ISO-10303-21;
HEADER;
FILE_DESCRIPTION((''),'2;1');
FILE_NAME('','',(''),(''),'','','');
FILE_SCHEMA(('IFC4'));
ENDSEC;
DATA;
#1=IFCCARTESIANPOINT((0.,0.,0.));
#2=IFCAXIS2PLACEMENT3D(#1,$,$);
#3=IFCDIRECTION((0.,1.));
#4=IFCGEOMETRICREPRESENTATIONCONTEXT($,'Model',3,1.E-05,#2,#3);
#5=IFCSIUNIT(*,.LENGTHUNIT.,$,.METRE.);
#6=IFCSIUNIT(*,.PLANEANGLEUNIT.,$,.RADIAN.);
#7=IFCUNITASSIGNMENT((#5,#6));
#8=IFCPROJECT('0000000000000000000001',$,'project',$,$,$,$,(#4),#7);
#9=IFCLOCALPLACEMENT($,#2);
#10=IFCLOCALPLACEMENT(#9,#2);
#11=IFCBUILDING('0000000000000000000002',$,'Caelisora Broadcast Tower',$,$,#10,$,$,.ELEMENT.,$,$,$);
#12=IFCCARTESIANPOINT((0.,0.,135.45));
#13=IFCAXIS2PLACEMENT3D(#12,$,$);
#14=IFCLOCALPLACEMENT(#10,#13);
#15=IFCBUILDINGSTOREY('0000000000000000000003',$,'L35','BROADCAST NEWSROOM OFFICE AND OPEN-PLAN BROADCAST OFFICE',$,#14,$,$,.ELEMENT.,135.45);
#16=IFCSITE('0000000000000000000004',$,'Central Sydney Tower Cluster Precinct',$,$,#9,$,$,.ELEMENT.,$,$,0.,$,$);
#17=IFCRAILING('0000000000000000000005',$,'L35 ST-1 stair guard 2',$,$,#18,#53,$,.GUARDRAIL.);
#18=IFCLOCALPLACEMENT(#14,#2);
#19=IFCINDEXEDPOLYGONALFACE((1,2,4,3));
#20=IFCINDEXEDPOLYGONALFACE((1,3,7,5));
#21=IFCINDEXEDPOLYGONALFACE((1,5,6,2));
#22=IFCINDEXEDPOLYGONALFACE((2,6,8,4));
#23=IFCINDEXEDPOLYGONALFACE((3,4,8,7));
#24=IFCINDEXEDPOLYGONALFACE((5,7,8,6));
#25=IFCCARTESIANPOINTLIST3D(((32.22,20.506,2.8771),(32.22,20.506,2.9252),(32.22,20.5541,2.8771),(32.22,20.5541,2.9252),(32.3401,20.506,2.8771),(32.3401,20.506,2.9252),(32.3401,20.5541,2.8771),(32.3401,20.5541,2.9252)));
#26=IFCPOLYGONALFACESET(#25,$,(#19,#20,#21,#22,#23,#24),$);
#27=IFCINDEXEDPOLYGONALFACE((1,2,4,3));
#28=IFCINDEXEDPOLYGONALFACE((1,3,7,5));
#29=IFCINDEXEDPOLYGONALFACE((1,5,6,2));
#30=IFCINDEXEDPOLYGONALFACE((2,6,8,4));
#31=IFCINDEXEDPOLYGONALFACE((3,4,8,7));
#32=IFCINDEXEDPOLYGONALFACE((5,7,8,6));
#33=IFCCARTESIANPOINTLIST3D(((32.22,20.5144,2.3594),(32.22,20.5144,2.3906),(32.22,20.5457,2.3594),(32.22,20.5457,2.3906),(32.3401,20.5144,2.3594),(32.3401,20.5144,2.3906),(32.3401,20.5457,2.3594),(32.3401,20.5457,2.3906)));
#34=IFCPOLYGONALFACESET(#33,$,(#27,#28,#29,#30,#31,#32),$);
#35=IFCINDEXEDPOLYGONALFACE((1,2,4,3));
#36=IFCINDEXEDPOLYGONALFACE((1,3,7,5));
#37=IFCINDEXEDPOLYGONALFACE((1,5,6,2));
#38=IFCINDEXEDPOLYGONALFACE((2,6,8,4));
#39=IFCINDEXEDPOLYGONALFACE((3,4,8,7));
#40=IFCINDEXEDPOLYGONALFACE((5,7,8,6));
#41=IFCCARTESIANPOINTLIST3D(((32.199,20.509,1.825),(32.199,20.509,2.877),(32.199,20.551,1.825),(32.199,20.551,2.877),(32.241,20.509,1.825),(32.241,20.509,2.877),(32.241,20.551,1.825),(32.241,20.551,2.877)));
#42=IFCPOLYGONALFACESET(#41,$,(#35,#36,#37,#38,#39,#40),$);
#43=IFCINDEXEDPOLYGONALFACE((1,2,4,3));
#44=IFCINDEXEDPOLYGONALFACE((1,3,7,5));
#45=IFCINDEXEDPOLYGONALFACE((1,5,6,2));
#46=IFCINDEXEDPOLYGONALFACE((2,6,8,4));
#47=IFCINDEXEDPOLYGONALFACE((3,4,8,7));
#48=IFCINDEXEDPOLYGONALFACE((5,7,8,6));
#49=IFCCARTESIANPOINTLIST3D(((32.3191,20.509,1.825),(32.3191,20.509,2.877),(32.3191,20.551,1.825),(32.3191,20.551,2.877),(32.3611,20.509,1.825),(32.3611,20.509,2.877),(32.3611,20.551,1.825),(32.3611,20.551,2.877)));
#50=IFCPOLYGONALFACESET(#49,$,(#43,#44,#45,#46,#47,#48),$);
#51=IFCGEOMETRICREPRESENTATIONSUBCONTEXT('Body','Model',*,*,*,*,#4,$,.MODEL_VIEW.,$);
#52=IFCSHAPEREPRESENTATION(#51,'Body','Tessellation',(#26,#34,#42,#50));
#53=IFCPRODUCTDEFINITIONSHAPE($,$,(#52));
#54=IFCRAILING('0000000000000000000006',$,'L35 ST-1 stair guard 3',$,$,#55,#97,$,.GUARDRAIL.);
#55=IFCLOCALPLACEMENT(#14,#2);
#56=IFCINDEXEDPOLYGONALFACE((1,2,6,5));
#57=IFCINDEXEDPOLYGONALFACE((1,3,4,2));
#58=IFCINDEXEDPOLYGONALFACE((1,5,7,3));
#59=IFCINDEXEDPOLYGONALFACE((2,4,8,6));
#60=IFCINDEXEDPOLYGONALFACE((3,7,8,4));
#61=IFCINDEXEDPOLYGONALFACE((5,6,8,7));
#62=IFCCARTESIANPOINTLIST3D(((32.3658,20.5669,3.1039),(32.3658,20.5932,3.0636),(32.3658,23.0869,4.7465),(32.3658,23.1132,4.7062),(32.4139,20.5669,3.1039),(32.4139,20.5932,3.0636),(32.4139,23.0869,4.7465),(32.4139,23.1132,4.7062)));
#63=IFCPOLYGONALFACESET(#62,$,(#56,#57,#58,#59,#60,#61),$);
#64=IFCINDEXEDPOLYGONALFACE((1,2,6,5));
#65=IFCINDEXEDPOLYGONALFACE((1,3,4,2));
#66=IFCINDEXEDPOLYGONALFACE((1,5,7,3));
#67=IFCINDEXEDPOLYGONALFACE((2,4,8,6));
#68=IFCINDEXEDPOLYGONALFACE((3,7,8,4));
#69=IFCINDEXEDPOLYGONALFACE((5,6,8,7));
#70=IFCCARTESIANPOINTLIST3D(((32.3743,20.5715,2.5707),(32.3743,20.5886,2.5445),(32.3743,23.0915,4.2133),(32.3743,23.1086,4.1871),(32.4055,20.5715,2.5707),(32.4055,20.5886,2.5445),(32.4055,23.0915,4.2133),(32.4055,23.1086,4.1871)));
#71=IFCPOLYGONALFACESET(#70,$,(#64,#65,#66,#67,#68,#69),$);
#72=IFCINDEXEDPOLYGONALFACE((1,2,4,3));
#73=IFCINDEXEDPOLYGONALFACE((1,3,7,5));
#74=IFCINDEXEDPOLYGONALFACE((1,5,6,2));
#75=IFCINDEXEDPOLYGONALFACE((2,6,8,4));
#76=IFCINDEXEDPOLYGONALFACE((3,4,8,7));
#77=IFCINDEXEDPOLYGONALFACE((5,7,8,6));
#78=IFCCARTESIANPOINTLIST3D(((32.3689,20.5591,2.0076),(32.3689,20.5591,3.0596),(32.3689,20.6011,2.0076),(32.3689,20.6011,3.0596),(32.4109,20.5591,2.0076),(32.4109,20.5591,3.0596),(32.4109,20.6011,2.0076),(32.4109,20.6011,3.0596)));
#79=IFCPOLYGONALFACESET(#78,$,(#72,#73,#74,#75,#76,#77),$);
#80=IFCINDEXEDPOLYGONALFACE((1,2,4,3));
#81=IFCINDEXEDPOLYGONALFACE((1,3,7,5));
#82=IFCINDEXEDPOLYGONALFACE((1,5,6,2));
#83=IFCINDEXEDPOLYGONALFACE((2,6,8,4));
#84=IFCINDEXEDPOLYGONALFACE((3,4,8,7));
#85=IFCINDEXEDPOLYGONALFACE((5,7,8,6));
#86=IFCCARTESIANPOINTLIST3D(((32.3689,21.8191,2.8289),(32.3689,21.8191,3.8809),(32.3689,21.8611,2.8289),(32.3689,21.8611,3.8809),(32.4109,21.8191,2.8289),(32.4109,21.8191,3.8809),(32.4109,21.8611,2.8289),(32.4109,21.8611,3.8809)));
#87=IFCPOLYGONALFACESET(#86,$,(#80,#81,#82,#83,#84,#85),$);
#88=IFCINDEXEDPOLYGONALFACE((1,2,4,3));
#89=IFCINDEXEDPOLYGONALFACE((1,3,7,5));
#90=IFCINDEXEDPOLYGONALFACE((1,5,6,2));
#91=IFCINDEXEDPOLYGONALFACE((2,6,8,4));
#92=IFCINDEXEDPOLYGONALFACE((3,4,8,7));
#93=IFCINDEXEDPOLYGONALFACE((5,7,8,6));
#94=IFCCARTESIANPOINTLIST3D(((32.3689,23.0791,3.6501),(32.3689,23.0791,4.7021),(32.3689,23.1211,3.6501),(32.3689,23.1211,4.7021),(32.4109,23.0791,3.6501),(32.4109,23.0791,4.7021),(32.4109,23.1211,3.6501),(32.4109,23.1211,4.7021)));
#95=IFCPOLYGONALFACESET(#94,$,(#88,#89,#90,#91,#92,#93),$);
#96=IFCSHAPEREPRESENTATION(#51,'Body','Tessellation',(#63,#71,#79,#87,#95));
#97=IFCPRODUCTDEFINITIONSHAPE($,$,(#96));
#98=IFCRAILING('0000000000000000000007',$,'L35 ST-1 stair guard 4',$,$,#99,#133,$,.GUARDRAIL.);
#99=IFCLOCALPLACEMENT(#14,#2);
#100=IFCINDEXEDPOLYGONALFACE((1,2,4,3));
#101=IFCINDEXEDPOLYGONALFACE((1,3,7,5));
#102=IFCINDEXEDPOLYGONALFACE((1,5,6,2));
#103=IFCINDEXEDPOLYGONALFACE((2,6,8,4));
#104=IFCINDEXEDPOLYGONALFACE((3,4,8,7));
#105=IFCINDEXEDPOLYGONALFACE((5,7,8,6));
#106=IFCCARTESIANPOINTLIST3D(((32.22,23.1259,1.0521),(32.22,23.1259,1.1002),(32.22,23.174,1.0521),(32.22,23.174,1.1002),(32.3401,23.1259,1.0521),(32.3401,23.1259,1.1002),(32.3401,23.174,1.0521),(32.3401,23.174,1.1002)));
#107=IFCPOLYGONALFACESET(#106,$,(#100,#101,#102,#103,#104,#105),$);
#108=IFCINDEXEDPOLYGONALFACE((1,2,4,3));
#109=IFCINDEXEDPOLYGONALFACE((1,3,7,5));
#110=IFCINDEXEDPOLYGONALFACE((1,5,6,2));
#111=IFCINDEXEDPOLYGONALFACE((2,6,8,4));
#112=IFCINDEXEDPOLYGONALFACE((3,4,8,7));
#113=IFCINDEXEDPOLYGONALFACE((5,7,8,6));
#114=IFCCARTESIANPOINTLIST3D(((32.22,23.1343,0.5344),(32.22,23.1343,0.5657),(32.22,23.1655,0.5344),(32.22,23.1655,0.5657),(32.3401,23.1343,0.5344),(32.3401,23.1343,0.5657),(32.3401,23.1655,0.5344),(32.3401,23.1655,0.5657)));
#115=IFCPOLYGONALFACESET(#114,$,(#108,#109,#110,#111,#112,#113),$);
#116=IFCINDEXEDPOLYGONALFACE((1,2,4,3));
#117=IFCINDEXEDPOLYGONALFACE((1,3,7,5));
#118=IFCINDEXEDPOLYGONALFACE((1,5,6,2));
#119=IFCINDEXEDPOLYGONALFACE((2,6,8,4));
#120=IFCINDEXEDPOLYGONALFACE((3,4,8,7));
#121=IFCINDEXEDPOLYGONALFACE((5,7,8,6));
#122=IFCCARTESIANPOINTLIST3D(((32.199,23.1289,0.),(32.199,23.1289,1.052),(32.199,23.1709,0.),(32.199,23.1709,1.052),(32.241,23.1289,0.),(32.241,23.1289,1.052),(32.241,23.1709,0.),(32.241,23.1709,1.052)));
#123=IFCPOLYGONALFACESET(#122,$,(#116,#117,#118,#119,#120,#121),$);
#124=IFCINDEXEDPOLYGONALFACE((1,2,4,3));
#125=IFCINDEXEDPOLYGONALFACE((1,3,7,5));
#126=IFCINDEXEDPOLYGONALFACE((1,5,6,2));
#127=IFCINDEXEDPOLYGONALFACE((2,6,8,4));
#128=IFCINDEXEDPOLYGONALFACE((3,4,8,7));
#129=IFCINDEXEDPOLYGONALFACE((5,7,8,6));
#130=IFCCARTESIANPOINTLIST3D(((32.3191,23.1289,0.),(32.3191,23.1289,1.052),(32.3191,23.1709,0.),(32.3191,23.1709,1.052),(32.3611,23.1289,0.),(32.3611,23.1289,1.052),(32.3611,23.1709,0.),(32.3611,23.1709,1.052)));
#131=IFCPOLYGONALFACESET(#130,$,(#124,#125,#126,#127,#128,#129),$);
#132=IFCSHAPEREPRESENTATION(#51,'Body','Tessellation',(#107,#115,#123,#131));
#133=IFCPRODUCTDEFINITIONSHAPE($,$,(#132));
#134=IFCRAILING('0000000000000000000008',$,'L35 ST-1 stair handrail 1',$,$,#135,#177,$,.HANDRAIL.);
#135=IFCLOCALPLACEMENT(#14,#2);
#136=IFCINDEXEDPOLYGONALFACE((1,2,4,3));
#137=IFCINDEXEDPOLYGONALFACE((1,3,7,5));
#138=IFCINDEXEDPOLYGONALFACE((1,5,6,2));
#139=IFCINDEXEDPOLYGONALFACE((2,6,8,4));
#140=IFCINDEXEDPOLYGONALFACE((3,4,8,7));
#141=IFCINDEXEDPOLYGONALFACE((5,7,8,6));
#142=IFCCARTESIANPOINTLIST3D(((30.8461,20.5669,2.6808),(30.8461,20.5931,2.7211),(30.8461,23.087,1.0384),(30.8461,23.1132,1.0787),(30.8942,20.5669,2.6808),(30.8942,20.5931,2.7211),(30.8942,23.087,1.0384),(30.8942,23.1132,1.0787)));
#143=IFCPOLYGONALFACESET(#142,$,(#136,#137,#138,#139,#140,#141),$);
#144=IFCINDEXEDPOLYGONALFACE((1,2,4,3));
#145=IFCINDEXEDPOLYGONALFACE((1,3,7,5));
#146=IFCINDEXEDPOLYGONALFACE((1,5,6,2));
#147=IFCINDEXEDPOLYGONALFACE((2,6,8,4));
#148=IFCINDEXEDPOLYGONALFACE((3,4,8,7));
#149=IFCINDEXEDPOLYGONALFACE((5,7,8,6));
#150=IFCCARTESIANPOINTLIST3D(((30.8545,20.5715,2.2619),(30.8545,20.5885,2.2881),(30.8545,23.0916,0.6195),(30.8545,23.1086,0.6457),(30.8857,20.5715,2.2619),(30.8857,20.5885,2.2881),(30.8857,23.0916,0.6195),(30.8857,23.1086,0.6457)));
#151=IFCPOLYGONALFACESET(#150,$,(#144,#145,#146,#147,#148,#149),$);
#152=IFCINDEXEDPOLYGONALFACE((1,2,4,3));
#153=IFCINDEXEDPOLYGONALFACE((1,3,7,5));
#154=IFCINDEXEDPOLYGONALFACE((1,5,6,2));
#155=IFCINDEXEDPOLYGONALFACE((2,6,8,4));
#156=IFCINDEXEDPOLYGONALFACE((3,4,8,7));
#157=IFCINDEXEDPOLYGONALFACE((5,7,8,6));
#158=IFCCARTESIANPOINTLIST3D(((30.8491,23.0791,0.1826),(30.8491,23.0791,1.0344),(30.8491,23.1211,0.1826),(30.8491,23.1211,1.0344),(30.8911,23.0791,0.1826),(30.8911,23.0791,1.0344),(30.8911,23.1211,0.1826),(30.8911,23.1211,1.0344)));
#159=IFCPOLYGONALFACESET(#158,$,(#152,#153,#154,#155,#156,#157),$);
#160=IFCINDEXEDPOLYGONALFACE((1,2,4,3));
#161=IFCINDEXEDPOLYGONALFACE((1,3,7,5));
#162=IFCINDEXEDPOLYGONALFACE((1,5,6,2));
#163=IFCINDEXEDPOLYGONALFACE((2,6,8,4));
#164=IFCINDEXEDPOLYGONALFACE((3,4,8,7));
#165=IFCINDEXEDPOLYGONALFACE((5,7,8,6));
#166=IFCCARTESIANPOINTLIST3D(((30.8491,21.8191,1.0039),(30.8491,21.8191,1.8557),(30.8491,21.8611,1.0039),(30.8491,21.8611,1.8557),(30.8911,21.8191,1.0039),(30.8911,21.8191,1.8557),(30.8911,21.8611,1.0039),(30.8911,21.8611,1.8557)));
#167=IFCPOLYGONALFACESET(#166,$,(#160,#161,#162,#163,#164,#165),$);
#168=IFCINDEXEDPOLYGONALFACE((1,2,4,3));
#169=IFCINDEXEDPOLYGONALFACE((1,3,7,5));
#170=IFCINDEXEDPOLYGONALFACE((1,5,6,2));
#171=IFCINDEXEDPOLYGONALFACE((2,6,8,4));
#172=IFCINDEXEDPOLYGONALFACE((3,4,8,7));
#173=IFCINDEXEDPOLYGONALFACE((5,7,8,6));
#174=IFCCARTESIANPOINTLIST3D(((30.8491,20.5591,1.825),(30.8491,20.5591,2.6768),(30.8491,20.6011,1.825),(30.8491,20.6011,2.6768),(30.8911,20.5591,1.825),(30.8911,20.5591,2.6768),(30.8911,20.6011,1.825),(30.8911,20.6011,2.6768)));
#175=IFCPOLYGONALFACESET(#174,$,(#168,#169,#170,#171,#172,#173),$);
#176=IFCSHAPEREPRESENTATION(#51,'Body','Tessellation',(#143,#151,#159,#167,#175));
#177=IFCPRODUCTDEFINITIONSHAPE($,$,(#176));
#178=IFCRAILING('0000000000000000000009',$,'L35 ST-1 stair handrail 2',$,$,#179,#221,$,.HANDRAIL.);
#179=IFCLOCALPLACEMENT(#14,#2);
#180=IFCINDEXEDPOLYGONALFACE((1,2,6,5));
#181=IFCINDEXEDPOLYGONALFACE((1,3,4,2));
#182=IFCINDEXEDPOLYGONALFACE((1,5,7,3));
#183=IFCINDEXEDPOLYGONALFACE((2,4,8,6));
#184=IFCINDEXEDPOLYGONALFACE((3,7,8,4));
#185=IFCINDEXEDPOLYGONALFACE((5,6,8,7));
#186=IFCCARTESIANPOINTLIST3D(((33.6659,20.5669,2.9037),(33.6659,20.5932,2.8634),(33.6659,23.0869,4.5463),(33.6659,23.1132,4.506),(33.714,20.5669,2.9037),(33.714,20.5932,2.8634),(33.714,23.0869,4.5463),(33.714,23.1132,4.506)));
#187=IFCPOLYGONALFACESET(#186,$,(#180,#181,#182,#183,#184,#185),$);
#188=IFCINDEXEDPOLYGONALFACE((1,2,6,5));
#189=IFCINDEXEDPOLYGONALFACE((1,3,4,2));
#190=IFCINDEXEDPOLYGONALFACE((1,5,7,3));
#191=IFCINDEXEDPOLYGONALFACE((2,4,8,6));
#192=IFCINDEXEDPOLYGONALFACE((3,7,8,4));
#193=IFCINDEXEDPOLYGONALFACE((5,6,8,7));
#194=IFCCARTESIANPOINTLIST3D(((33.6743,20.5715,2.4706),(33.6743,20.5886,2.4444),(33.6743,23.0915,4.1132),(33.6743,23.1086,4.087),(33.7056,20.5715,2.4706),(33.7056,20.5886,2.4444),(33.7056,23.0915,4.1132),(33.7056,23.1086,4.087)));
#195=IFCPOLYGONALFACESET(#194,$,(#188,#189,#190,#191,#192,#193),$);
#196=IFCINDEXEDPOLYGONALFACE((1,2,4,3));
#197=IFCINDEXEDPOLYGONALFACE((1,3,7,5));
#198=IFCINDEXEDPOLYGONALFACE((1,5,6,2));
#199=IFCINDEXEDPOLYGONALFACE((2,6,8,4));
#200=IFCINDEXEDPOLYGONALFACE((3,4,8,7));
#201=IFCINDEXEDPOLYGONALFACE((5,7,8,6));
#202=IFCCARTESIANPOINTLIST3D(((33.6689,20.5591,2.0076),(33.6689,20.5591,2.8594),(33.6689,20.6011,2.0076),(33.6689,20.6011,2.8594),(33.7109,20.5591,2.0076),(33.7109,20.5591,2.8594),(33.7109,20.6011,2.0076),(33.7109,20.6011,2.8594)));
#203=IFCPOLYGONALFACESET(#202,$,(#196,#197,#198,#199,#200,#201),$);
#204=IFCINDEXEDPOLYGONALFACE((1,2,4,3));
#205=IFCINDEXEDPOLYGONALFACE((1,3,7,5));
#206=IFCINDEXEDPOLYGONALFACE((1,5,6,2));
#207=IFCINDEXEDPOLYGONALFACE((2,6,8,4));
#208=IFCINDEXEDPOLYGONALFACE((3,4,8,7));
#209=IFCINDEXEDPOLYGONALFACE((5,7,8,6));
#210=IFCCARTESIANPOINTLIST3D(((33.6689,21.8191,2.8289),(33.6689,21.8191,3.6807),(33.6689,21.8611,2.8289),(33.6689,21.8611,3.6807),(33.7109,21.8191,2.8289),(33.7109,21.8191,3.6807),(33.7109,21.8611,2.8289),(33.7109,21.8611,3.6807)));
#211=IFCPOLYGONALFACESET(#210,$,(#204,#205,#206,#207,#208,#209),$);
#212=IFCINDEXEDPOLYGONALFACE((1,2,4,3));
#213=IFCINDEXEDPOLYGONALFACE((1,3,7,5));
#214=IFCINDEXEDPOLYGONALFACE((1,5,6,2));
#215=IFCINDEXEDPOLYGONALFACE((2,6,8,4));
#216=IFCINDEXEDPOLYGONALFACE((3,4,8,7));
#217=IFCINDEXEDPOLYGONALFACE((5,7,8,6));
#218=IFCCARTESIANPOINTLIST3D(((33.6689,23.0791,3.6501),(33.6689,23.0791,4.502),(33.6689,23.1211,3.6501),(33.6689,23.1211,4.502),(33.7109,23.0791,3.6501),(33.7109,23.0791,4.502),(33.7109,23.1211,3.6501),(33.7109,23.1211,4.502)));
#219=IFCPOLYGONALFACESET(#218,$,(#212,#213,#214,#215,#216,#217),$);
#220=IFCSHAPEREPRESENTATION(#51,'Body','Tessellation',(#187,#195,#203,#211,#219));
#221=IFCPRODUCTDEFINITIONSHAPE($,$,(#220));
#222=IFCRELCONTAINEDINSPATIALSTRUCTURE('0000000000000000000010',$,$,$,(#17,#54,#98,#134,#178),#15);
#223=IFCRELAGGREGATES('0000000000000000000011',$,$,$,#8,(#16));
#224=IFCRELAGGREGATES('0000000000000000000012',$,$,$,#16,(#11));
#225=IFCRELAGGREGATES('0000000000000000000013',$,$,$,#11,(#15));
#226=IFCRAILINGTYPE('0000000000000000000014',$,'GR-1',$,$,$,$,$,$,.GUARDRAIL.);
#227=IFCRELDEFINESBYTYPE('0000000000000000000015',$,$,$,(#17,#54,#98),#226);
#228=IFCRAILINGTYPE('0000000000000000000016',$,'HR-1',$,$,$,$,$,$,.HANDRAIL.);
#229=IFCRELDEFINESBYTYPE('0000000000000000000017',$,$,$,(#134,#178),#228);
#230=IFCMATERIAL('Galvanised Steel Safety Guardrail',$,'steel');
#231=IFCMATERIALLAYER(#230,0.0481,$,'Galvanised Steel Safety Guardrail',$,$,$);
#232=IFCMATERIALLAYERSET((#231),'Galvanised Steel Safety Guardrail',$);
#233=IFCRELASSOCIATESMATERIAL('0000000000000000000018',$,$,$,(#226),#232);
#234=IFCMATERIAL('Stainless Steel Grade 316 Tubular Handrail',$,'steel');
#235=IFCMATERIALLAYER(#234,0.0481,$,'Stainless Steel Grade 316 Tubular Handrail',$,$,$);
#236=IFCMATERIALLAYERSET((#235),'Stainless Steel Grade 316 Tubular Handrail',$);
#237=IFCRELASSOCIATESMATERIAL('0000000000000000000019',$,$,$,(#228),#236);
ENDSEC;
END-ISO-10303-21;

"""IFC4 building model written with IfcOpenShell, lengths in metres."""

from ifc_helpers import new_model, si_unit, direction, frame, origin, origin_2d, place, context, subcontext, project, spatial, rectangle, extrude, material, layer, layer_set, type_object, element, save


model = new_model("IFC4")

# Units and contexts
model_context = context("Model", 3, precision=1e-05, world=origin(), true_north=direction((0.0, 1.0)))
body_context = subcontext(model_context, "Body", "Model", "MODEL_VIEW")
ifc_project = project(units=[si_unit("LENGTHUNIT", "METRE"), si_unit("PLANEANGLEUNIT", "RADIAN")], contexts=[model_context])

# Site, building, storey
site_placement = place(None, origin())
site = spatial("IfcSite", under=ifc_project, at=site_placement, Name="Central Sydney Tower Cluster Precinct", CompositionType="ELEMENT", RefElevation=0.0)
building_placement = place(site_placement, origin())
building = spatial("IfcBuilding", under=site, at=building_placement, Name="Caelisora Broadcast Tower", CompositionType="ELEMENT")
storey_placement = place(building_placement, frame((0.0, 0.0, 135.45)))
storey = spatial("IfcBuildingStorey", under=building, at=storey_placement, Name="L35", Description="BROADCAST NEWSROOM OFFICE AND OPEN-PLAN BROADCAST OFFICE", CompositionType="ELEMENT", Elevation=135.45)

# Railings
ifc_material_1 = material(Name="Galvanised Steel Safety Guardrail", Category="steel")
ifc_layer_1 = layer(ifc_material_1, 0.0481, Name="Galvanised Steel Safety Guardrail")
ifc_layer_set_1 = layer_set([ifc_layer_1], Name="Galvanised Steel Safety Guardrail")
railing_type_1 = type_object("IfcRailingType", Name="GR-1", PredefinedType="GUARDRAIL", material=ifc_layer_set_1)
railing_1_placement = place(storey_placement, frame((32.22, 20.53, 1.825)))
element("IfcRailing", 1, at=railing_1_placement, inside=storey, type_object=railing_type_1, Name="L35 ST-1 stair guard 2", PredefinedType="GUARDRAIL", context=body_context, shape_type="SweptSolid", body=[
    extrude(rectangle(XDim=0.0481, YDim=0.0481, at=origin_2d()), frame((0.0, 0.0, 1.0762), z_axis=(1.0, 0.0, 0.0), x_axis=(0.0, 1.0, 0.0)), (0.0, 0.0, 1.0), 0.1201),
    extrude(rectangle(XDim=0.0312, YDim=0.0312, at=origin_2d()), frame((0.0, 0.0, 0.55), z_axis=(1.0, 0.0, 0.0), x_axis=(0.0, 1.0, 0.0)), (0.0, 0.0, 1.0), 0.1201),
    extrude(rectangle(XDim=0.042, YDim=0.042, at=origin_2d()), origin(), (0.0, 0.0, 1.0), 1.052),
    extrude(rectangle(XDim=0.042, YDim=0.042, at=origin_2d()), frame((0.1201, 0.0, 0.0)), (0.0, 0.0, 1.0), 1.052),
])
railing_2_placement = place(storey_placement, frame((32.3899, 20.5801, 2.0076)))
element("IfcRailing", 2, at=railing_2_placement, inside=storey, type_object=railing_type_1, Name="L35 ST-1 stair guard 3", PredefinedType="GUARDRAIL", context=body_context, shape_type="SweptSolid", body=[
    extrude(rectangle(XDim=0.0481, YDim=0.0481, at=origin_2d()), frame((0.0, 0.0, 1.0762), z_axis=(0.0, 0.837749, 0.546055), x_axis=(-1.0, 0.0, 0.0)), (0.0, 0.0, 1.0), 3.0081),
    extrude(rectangle(XDim=0.0312, YDim=0.0312, at=origin_2d()), frame((0.0, 0.0, 0.55), z_axis=(0.0, 0.837749, 0.546055), x_axis=(-1.0, 0.0, 0.0)), (0.0, 0.0, 1.0), 3.0081),
    extrude(rectangle(XDim=0.042, YDim=0.042, at=origin_2d()), origin(), (0.0, 0.0, 1.0), 1.052),
    extrude(rectangle(XDim=0.042, YDim=0.042, at=origin_2d()), frame((0.0, 1.26, 0.8213)), (0.0, 0.0, 1.0), 1.052),
    extrude(rectangle(XDim=0.042, YDim=0.042, at=origin_2d()), frame((0.0, 2.52, 1.6426)), (0.0, 0.0, 1.0), 1.052),
])
railing_3_placement = place(storey_placement, frame((32.22, 23.1499, 0.0)))
element("IfcRailing", 3, at=railing_3_placement, inside=storey, type_object=railing_type_1, Name="L35 ST-1 stair guard 4", PredefinedType="GUARDRAIL", context=body_context, shape_type="SweptSolid", body=[
    extrude(rectangle(XDim=0.0481, YDim=0.0481, at=origin_2d()), frame((0.0, 0.0, 1.0762), z_axis=(1.0, 0.0, 0.0), x_axis=(0.0, 1.0, 0.0)), (0.0, 0.0, 1.0), 0.1201),
    extrude(rectangle(XDim=0.0312, YDim=0.0312, at=origin_2d()), frame((0.0, 0.0, 0.55), z_axis=(1.0, 0.0, 0.0), x_axis=(0.0, 1.0, 0.0)), (0.0, 0.0, 1.0), 0.1201),
    extrude(rectangle(XDim=0.042, YDim=0.042, at=origin_2d()), origin(), (0.0, 0.0, 1.0), 1.052),
    extrude(rectangle(XDim=0.042, YDim=0.042, at=origin_2d()), frame((0.1201, 0.0, 0.0)), (0.0, 0.0, 1.0), 1.052),
])
ifc_material_2 = material(Name="Stainless Steel Grade 316 Tubular Handrail", Category="steel")
ifc_layer_2 = layer(ifc_material_2, 0.0481, Name="Stainless Steel Grade 316 Tubular Handrail")
ifc_layer_set_2 = layer_set([ifc_layer_2], Name="Stainless Steel Grade 316 Tubular Handrail")
railing_type_2 = type_object("IfcRailingType", Name="HR-1", PredefinedType="HANDRAIL", material=ifc_layer_set_2)
railing_4_placement = place(storey_placement, frame((30.8701, 23.1001, 0.1826)))
element("IfcRailing", 4, at=railing_4_placement, inside=storey, type_object=railing_type_2, Name="L35 ST-1 stair handrail 1", PredefinedType="HANDRAIL", context=body_context, shape_type="SweptSolid", body=[
    extrude(rectangle(XDim=0.0481, YDim=0.0481, at=origin_2d()), frame((0.0, 0.0, 0.876), z_axis=(0.0, -0.837787, 0.545998), x_axis=(1.0, 0.0, 0.0)), (0.0, 0.0, 1.0), 3.0081),
    extrude(rectangle(XDim=0.0312, YDim=0.0312, at=origin_2d()), frame((0.0, 0.0, 0.45), z_axis=(0.0, -0.837787, 0.545998), x_axis=(1.0, 0.0, 0.0)), (0.0, 0.0, 1.0), 3.0081),
    extrude(rectangle(XDim=0.042, YDim=0.042, at=origin_2d()), origin(), (0.0, 0.0, 1.0), 0.8518),
    extrude(rectangle(XDim=0.042, YDim=0.042, at=origin_2d()), frame((0.0, -1.26, 0.8213)), (0.0, 0.0, 1.0), 0.8518),
    extrude(rectangle(XDim=0.042, YDim=0.042, at=origin_2d()), frame((0.0, -2.52, 1.6423)), (0.0, 0.0, 1.0), 0.8518),
])
railing_5_placement = place(storey_placement, frame((33.6899, 20.5801, 2.0076)))
element("IfcRailing", 5, at=railing_5_placement, inside=storey, type_object=railing_type_2, Name="L35 ST-1 stair handrail 2", PredefinedType="HANDRAIL", context=body_context, shape_type="SweptSolid", body=[
    extrude(rectangle(XDim=0.0481, YDim=0.0481, at=origin_2d()), frame((0.0, 0.0, 0.876), z_axis=(0.0, 0.837749, 0.546055), x_axis=(-1.0, 0.0, 0.0)), (0.0, 0.0, 1.0), 3.0081),
    extrude(rectangle(XDim=0.0312, YDim=0.0312, at=origin_2d()), frame((0.0, 0.0, 0.45), z_axis=(0.0, 0.837749, 0.546055), x_axis=(-1.0, 0.0, 0.0)), (0.0, 0.0, 1.0), 3.0081),
    extrude(rectangle(XDim=0.042, YDim=0.042, at=origin_2d()), origin(), (0.0, 0.0, 1.0), 0.8518),
    extrude(rectangle(XDim=0.042, YDim=0.042, at=origin_2d()), frame((0.0, 1.26, 0.8213)), (0.0, 0.0, 1.0), 0.8518),
    extrude(rectangle(XDim=0.042, YDim=0.042, at=origin_2d()), frame((0.0, 2.52, 1.6426)), (0.0, 0.0, 1.0), 0.8518),
])

save(model, "model.ifc")
